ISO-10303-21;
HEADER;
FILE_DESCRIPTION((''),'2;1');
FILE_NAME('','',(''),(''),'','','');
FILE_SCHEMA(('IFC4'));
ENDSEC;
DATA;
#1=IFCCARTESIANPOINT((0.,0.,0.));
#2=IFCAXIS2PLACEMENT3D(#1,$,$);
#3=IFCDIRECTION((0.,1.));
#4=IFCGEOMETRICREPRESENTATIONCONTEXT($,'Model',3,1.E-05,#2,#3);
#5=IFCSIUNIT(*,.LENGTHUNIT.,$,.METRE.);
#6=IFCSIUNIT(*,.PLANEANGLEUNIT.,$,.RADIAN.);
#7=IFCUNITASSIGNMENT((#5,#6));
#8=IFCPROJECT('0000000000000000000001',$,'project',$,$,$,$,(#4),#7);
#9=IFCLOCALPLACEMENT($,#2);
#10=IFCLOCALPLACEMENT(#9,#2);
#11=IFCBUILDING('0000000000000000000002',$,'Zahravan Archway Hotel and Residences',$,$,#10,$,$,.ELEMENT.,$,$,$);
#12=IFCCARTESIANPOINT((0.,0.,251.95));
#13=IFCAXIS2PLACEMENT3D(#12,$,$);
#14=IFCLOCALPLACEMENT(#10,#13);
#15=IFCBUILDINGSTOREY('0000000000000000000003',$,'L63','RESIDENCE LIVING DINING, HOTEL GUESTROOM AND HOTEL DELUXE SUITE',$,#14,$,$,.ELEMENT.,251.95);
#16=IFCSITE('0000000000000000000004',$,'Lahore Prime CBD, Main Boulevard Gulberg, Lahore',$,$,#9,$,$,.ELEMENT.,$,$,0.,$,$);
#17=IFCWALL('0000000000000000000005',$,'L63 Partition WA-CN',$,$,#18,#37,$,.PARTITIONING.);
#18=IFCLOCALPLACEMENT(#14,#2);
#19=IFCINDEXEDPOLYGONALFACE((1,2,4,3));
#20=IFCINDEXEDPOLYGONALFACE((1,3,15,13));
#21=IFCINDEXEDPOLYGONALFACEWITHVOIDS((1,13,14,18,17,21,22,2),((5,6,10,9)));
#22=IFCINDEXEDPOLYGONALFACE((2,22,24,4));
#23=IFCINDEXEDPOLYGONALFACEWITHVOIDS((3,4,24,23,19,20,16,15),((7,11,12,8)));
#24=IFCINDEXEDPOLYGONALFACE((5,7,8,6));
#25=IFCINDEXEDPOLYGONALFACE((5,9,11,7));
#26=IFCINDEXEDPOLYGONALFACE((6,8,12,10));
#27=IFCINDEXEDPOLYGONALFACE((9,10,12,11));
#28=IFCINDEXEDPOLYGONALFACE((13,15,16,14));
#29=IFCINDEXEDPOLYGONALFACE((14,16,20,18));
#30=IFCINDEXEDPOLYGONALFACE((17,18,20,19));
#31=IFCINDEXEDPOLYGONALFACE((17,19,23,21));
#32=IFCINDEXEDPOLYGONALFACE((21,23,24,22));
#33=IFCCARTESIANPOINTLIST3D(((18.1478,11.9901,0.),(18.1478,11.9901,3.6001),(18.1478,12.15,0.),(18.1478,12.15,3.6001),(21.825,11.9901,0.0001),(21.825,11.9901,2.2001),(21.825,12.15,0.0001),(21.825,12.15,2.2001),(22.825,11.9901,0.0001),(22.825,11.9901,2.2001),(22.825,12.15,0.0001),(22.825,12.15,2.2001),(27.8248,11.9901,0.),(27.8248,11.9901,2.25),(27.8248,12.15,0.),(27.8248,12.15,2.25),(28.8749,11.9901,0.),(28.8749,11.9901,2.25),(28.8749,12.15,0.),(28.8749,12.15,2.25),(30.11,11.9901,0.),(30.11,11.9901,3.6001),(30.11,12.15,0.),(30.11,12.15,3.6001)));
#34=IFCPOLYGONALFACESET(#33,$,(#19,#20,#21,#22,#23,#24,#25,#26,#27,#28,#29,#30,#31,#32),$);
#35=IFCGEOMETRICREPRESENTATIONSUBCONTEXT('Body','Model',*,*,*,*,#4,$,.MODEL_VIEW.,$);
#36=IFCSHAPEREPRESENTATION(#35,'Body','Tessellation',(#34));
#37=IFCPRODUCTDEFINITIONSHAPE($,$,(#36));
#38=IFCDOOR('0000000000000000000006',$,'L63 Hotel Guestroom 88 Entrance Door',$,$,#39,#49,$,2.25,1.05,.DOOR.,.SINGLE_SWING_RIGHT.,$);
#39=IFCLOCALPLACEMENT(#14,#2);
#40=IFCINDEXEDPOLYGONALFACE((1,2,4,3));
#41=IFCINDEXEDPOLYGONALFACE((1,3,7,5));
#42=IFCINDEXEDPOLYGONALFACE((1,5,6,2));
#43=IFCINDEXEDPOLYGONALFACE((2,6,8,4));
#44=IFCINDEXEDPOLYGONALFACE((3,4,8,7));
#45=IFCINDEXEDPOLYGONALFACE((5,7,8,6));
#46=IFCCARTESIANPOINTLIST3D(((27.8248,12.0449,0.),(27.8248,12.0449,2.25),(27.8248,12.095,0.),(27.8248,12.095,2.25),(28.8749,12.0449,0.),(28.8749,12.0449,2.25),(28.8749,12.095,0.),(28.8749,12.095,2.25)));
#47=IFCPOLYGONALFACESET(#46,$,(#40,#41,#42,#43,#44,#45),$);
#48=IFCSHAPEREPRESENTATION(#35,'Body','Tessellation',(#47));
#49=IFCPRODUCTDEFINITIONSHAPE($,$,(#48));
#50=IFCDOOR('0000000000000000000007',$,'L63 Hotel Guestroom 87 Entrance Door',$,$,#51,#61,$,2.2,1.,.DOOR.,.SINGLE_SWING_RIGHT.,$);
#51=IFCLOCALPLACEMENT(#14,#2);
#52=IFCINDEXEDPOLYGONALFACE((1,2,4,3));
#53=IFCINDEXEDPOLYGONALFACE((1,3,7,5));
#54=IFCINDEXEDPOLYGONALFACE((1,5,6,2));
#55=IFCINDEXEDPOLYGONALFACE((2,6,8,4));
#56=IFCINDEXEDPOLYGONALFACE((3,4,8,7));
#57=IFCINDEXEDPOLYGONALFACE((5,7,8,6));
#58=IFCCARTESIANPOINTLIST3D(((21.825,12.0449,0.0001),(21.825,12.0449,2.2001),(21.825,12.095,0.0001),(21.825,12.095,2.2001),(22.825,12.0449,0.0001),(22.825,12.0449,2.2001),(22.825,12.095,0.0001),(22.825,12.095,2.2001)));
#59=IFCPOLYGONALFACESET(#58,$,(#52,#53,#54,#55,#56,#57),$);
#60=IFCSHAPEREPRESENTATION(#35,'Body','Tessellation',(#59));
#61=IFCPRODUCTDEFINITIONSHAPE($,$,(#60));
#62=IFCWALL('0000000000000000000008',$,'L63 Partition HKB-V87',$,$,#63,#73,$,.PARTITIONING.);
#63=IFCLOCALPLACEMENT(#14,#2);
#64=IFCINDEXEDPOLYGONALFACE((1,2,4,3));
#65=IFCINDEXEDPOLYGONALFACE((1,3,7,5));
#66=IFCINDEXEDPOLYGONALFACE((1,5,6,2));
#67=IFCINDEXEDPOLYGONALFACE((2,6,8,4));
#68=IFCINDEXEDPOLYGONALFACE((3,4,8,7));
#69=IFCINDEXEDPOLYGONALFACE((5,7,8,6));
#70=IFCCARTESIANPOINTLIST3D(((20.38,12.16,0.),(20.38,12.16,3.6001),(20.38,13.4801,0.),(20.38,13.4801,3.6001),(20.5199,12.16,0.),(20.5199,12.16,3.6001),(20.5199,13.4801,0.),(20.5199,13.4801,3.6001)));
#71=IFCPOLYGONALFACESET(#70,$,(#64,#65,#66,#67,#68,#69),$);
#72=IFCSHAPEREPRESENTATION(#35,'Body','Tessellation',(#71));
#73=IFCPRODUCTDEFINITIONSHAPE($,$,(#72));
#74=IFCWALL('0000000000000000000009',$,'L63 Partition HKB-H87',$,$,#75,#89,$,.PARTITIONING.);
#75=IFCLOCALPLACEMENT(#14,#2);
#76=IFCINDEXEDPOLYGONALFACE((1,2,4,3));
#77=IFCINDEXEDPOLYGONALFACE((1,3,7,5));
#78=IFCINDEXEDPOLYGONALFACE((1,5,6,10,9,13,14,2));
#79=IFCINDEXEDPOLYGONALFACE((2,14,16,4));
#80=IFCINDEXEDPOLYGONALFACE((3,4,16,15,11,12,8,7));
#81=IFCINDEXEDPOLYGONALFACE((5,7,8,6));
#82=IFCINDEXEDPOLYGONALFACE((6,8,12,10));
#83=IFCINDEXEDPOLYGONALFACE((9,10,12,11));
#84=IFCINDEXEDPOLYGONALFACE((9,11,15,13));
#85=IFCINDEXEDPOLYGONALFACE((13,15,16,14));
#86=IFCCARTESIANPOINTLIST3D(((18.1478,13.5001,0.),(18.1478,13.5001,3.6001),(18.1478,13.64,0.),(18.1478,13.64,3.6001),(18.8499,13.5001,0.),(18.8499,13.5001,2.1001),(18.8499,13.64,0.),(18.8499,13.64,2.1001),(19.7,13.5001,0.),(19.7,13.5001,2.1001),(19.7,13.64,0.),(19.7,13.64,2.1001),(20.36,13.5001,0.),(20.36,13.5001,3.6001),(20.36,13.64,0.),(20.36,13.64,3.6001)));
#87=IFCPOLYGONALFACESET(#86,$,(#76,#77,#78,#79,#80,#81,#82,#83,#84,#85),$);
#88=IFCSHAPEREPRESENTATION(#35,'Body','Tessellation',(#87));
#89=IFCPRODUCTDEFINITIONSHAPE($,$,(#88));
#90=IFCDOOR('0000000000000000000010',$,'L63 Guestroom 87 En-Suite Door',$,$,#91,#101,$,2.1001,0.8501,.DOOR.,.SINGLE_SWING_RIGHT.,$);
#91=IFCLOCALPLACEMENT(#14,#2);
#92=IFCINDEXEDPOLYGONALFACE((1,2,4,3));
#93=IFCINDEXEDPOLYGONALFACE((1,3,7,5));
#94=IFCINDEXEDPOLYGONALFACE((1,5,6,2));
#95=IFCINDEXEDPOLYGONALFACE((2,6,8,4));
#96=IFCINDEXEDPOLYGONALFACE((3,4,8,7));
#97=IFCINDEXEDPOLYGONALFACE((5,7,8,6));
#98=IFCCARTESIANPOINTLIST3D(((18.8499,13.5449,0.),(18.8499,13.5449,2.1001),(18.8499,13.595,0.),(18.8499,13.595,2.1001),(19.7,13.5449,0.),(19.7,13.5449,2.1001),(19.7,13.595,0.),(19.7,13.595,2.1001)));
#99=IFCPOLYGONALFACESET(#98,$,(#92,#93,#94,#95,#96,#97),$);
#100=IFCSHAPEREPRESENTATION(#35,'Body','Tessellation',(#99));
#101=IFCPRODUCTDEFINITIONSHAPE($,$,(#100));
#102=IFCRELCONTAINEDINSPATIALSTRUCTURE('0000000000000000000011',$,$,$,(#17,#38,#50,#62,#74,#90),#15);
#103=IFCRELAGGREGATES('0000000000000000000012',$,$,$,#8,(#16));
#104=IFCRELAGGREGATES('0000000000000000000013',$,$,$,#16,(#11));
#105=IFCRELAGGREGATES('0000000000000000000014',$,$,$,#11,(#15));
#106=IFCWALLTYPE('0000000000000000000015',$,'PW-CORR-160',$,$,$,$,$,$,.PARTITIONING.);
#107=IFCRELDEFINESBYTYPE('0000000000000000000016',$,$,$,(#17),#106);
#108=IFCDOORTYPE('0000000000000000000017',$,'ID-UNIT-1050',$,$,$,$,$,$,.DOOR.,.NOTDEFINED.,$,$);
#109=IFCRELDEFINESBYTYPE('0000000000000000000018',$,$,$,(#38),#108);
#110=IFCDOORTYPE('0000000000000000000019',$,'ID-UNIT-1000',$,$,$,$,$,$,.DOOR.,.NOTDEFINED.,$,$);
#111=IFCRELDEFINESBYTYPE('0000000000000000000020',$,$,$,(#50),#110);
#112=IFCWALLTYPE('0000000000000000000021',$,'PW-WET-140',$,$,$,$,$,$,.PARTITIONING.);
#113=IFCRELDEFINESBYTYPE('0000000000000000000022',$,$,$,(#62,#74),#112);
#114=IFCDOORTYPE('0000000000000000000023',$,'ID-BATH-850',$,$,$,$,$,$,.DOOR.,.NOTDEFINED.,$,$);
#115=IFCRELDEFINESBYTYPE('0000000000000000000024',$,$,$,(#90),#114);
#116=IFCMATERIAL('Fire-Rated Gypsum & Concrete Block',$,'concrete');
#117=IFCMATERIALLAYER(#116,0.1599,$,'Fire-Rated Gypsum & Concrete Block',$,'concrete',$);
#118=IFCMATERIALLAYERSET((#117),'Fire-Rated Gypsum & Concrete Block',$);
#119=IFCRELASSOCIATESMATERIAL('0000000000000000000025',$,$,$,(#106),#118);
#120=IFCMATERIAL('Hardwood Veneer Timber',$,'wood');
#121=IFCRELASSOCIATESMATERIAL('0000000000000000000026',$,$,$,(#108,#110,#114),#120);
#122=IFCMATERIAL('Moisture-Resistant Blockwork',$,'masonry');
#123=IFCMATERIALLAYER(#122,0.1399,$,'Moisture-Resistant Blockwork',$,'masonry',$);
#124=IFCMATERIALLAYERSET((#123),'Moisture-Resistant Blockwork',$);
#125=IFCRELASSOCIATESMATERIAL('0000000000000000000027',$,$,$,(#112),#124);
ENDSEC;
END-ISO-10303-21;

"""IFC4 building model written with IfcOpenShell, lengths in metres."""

from ifc_helpers import new_model, si_unit, direction, frame, frame_2d, origin, place, context, subcontext, project, spatial, rectangle, extrude, source, transform, mapped, material, layer, layer_set, type_object, type_shapes, element, fill, save


model = new_model("IFC4")

# Units and contexts
model_context = context("Model", 3, precision=1e-05, world=origin(), true_north=direction((0.0, 1.0)))
body_context = subcontext(model_context, "Body", "Model", "MODEL_VIEW")
ifc_project = project(units=[si_unit("LENGTHUNIT", "METRE"), si_unit("PLANEANGLEUNIT", "RADIAN")], contexts=[model_context])

# Site, building, storey
site_placement = place(None, origin())
site = spatial("IfcSite", under=ifc_project, at=site_placement, Name="Lahore Prime CBD, Main Boulevard Gulberg, Lahore", CompositionType="ELEMENT", RefElevation=0.0)
building_placement = place(site_placement, origin())
building = spatial("IfcBuilding", under=site, at=building_placement, Name="Zahravan Archway Hotel and Residences", CompositionType="ELEMENT")
storey_placement = place(building_placement, frame((0.0, 0.0, 251.95)))
storey = spatial("IfcBuildingStorey", under=building, at=storey_placement, Name="L63", Description="RESIDENCE LIVING DINING, HOTEL GUESTROOM AND HOTEL DELUXE SUITE", CompositionType="ELEMENT", Elevation=251.95)

# Wall, openings, doors
ifc_material_1 = material(Name="Fire-Rated Gypsum & Concrete Block", Category="concrete")
ifc_layer_1 = layer(ifc_material_1, 0.1599, Name="Fire-Rated Gypsum & Concrete Block", Category="concrete")
ifc_layer_set_1 = layer_set([ifc_layer_1], Name="Fire-Rated Gypsum & Concrete Block")
wall_type_1 = type_object("IfcWallType", Name="PW-CORR-160", PredefinedType="PARTITIONING", material=ifc_layer_set_1)
wall_1_placement = place(storey_placement, frame((18.1479, 12.0701, 0.0), z_axis=(0.0, 0.0, 1.0), x_axis=(1.0, 0.0, 0.0)))
wall_1 = element("IfcWall", 1, at=wall_1_placement, inside=storey, type_object=wall_type_1, Name="L63 Partition WA-CN", PredefinedType="PARTITIONING", context=body_context, shape_type="SweptSolid", body=[
    extrude(rectangle(XDim=11.9622, YDim=0.1599, at=frame_2d((5.981, 0.0))), origin(), (0.0, 0.0, 1.0), 3.6001),
])
opening_1_placement = place(wall_1_placement, frame((3.677, 0.0, 0.0)))
opening_1 = element("IfcOpeningElement", 2, at=opening_1_placement, cuts=wall_1, PredefinedType="OPENING", context=body_context, shape_type="SweptSolid", body=[
    extrude(rectangle(XDim=1.0, YDim=2.2, at=frame_2d((0.5, 1.1001))), frame((0.0, 0.0898, 0.0), z_axis=(0.0, -1.0, 0.0), x_axis=(1.0, 0.0, 0.0)), (0.0, 0.0, 1.0), 0.1799),
])
opening_2_placement = place(wall_1_placement, frame((9.677, 0.0, 0.0)))
opening_2 = element("IfcOpeningElement", 3, at=opening_2_placement, cuts=wall_1, PredefinedType="OPENING", context=body_context, shape_type="SweptSolid", body=[
    extrude(rectangle(XDim=1.05, YDim=2.25, at=frame_2d((0.5249, 1.125))), frame((0.0, 0.0898, 0.0), z_axis=(0.0, -1.0, 0.0), x_axis=(1.0, 0.0, 0.0)), (0.0, 0.0, 1.0), 0.1799),
])
ifc_material_2 = material(Name="Hardwood Veneer Timber", Category="wood")
door_type_1 = type_object("IfcDoorType", Name="ID-UNIT-1050", OperationType="NOTDEFINED", PredefinedType="DOOR", material=ifc_material_2)
shared_shape_1 = source(origin(), body_context, "Body", "SweptSolid", [
    extrude(rectangle(XDim=1.05, YDim=2.25, at=frame_2d((0.5249, 1.125))), frame((0.0, 0.0249, 0.0), z_axis=(0.0, -1.0, 0.0), x_axis=(1.0, 0.0, 0.0)), (0.0, 0.0, 1.0), 0.05),
])
type_shapes(door_type_1, [shared_shape_1])
door_1_placement = place(opening_2_placement, origin())
door_1 = element("IfcDoor", 4, at=door_1_placement, inside=storey, type_object=door_type_1, Name="L63 Hotel Guestroom 88 Entrance Door", OperationType="SINGLE_SWING_RIGHT", OverallHeight=2.25, OverallWidth=1.05, PredefinedType="DOOR", context=body_context, shape_type="MappedRepresentation", body=[
    mapped(shared_shape_1, transform((0.0, 0.0, 0.0), scale=1.0)),
])
fill(opening_2, door_1)
door_type_2 = type_object("IfcDoorType", Name="ID-UNIT-1000", OperationType="NOTDEFINED", PredefinedType="DOOR", material=ifc_material_2)
shared_shape_2 = source(origin(), body_context, "Body", "SweptSolid", [
    extrude(rectangle(XDim=1.0, YDim=2.2, at=frame_2d((0.5, 1.1001))), frame((0.0, 0.0249, 0.0), z_axis=(0.0, -1.0, 0.0), x_axis=(1.0, 0.0, 0.0)), (0.0, 0.0, 1.0), 0.05),
])
type_shapes(door_type_2, [shared_shape_2])
door_2_placement = place(opening_1_placement, origin())
door_2 = element("IfcDoor", 5, at=door_2_placement, inside=storey, type_object=door_type_2, Name="L63 Hotel Guestroom 87 Entrance Door", OperationType="SINGLE_SWING_RIGHT", OverallHeight=2.2, OverallWidth=1.0, PredefinedType="DOOR", context=body_context, shape_type="MappedRepresentation", body=[
    mapped(shared_shape_2, transform((0.0, 0.0, 0.0), scale=1.0)),
])
fill(opening_1, door_2)

# Wall
ifc_material_3 = material(Name="Moisture-Resistant Blockwork", Category="masonry")
ifc_layer_2 = layer(ifc_material_3, 0.1399, Name="Moisture-Resistant Blockwork", Category="masonry")
ifc_layer_set_2 = layer_set([ifc_layer_2], Name="Moisture-Resistant Blockwork")
wall_type_2 = type_object("IfcWallType", Name="PW-WET-140", PredefinedType="PARTITIONING", material=ifc_layer_set_2)
wall_2_placement = place(storey_placement, frame((20.45, 12.1599, 0.0), z_axis=(0.0, 0.0, 1.0), x_axis=(0.0, 1.0, 0.0)))
element("IfcWall", 6, at=wall_2_placement, inside=storey, type_object=wall_type_2, Name="L63 Partition HKB-V87", PredefinedType="PARTITIONING", context=body_context, shape_type="SweptSolid", body=[
    extrude(rectangle(XDim=1.3201, YDim=0.1399, at=frame_2d((0.6602, 0.0))), origin(), (0.0, 0.0, 1.0), 3.6001),
])

# Wall, opening, door
wall_3_placement = place(storey_placement, frame((18.1479, 13.5701, 0.0), z_axis=(0.0, 0.0, 1.0), x_axis=(1.0, 0.0, 0.0)))
wall_3 = element("IfcWall", 7, at=wall_3_placement, inside=storey, type_object=wall_type_2, Name="L63 Partition HKB-H87", PredefinedType="PARTITIONING", context=body_context, shape_type="SweptSolid", body=[
    extrude(rectangle(XDim=2.2122, YDim=0.1399, at=frame_2d((1.106, 0.0))), origin(), (0.0, 0.0, 1.0), 3.6001),
])
opening_3_placement = place(wall_3_placement, frame((0.7019, 0.0, 0.0)))
opening_3 = element("IfcOpeningElement", 8, at=opening_3_placement, cuts=wall_3, PredefinedType="OPENING", context=body_context, shape_type="SweptSolid", body=[
    extrude(rectangle(XDim=0.8501, YDim=2.1001, at=frame_2d((0.425, 1.05))), frame((0.0, 0.0801, 0.0), z_axis=(0.0, -1.0, 0.0), x_axis=(1.0, 0.0, 0.0)), (0.0, 0.0, 1.0), 0.1599),
])
door_type_3 = type_object("IfcDoorType", Name="ID-BATH-850", OperationType="NOTDEFINED", PredefinedType="DOOR", material=ifc_material_2)
shared_shape_3 = source(origin(), body_context, "Body", "SweptSolid", [
    extrude(rectangle(XDim=0.8501, YDim=2.1001, at=frame_2d((0.425, 1.05))), frame((0.0, 0.0249, 0.0), z_axis=(0.0, -1.0, 0.0), x_axis=(1.0, 0.0, 0.0)), (0.0, 0.0, 1.0), 0.05),
])
type_shapes(door_type_3, [shared_shape_3])
door_3_placement = place(opening_3_placement, origin())
door_3 = element("IfcDoor", 9, at=door_3_placement, inside=storey, type_object=door_type_3, Name="L63 Guestroom 87 En-Suite Door", OperationType="SINGLE_SWING_RIGHT", OverallHeight=2.1001, OverallWidth=0.8501, PredefinedType="DOOR", context=body_context, shape_type="MappedRepresentation", body=[
    mapped(shared_shape_3, transform((0.0, 0.0, 0.0), scale=1.0)),
])
fill(opening_3, door_3)

save(model, "model.ifc")
